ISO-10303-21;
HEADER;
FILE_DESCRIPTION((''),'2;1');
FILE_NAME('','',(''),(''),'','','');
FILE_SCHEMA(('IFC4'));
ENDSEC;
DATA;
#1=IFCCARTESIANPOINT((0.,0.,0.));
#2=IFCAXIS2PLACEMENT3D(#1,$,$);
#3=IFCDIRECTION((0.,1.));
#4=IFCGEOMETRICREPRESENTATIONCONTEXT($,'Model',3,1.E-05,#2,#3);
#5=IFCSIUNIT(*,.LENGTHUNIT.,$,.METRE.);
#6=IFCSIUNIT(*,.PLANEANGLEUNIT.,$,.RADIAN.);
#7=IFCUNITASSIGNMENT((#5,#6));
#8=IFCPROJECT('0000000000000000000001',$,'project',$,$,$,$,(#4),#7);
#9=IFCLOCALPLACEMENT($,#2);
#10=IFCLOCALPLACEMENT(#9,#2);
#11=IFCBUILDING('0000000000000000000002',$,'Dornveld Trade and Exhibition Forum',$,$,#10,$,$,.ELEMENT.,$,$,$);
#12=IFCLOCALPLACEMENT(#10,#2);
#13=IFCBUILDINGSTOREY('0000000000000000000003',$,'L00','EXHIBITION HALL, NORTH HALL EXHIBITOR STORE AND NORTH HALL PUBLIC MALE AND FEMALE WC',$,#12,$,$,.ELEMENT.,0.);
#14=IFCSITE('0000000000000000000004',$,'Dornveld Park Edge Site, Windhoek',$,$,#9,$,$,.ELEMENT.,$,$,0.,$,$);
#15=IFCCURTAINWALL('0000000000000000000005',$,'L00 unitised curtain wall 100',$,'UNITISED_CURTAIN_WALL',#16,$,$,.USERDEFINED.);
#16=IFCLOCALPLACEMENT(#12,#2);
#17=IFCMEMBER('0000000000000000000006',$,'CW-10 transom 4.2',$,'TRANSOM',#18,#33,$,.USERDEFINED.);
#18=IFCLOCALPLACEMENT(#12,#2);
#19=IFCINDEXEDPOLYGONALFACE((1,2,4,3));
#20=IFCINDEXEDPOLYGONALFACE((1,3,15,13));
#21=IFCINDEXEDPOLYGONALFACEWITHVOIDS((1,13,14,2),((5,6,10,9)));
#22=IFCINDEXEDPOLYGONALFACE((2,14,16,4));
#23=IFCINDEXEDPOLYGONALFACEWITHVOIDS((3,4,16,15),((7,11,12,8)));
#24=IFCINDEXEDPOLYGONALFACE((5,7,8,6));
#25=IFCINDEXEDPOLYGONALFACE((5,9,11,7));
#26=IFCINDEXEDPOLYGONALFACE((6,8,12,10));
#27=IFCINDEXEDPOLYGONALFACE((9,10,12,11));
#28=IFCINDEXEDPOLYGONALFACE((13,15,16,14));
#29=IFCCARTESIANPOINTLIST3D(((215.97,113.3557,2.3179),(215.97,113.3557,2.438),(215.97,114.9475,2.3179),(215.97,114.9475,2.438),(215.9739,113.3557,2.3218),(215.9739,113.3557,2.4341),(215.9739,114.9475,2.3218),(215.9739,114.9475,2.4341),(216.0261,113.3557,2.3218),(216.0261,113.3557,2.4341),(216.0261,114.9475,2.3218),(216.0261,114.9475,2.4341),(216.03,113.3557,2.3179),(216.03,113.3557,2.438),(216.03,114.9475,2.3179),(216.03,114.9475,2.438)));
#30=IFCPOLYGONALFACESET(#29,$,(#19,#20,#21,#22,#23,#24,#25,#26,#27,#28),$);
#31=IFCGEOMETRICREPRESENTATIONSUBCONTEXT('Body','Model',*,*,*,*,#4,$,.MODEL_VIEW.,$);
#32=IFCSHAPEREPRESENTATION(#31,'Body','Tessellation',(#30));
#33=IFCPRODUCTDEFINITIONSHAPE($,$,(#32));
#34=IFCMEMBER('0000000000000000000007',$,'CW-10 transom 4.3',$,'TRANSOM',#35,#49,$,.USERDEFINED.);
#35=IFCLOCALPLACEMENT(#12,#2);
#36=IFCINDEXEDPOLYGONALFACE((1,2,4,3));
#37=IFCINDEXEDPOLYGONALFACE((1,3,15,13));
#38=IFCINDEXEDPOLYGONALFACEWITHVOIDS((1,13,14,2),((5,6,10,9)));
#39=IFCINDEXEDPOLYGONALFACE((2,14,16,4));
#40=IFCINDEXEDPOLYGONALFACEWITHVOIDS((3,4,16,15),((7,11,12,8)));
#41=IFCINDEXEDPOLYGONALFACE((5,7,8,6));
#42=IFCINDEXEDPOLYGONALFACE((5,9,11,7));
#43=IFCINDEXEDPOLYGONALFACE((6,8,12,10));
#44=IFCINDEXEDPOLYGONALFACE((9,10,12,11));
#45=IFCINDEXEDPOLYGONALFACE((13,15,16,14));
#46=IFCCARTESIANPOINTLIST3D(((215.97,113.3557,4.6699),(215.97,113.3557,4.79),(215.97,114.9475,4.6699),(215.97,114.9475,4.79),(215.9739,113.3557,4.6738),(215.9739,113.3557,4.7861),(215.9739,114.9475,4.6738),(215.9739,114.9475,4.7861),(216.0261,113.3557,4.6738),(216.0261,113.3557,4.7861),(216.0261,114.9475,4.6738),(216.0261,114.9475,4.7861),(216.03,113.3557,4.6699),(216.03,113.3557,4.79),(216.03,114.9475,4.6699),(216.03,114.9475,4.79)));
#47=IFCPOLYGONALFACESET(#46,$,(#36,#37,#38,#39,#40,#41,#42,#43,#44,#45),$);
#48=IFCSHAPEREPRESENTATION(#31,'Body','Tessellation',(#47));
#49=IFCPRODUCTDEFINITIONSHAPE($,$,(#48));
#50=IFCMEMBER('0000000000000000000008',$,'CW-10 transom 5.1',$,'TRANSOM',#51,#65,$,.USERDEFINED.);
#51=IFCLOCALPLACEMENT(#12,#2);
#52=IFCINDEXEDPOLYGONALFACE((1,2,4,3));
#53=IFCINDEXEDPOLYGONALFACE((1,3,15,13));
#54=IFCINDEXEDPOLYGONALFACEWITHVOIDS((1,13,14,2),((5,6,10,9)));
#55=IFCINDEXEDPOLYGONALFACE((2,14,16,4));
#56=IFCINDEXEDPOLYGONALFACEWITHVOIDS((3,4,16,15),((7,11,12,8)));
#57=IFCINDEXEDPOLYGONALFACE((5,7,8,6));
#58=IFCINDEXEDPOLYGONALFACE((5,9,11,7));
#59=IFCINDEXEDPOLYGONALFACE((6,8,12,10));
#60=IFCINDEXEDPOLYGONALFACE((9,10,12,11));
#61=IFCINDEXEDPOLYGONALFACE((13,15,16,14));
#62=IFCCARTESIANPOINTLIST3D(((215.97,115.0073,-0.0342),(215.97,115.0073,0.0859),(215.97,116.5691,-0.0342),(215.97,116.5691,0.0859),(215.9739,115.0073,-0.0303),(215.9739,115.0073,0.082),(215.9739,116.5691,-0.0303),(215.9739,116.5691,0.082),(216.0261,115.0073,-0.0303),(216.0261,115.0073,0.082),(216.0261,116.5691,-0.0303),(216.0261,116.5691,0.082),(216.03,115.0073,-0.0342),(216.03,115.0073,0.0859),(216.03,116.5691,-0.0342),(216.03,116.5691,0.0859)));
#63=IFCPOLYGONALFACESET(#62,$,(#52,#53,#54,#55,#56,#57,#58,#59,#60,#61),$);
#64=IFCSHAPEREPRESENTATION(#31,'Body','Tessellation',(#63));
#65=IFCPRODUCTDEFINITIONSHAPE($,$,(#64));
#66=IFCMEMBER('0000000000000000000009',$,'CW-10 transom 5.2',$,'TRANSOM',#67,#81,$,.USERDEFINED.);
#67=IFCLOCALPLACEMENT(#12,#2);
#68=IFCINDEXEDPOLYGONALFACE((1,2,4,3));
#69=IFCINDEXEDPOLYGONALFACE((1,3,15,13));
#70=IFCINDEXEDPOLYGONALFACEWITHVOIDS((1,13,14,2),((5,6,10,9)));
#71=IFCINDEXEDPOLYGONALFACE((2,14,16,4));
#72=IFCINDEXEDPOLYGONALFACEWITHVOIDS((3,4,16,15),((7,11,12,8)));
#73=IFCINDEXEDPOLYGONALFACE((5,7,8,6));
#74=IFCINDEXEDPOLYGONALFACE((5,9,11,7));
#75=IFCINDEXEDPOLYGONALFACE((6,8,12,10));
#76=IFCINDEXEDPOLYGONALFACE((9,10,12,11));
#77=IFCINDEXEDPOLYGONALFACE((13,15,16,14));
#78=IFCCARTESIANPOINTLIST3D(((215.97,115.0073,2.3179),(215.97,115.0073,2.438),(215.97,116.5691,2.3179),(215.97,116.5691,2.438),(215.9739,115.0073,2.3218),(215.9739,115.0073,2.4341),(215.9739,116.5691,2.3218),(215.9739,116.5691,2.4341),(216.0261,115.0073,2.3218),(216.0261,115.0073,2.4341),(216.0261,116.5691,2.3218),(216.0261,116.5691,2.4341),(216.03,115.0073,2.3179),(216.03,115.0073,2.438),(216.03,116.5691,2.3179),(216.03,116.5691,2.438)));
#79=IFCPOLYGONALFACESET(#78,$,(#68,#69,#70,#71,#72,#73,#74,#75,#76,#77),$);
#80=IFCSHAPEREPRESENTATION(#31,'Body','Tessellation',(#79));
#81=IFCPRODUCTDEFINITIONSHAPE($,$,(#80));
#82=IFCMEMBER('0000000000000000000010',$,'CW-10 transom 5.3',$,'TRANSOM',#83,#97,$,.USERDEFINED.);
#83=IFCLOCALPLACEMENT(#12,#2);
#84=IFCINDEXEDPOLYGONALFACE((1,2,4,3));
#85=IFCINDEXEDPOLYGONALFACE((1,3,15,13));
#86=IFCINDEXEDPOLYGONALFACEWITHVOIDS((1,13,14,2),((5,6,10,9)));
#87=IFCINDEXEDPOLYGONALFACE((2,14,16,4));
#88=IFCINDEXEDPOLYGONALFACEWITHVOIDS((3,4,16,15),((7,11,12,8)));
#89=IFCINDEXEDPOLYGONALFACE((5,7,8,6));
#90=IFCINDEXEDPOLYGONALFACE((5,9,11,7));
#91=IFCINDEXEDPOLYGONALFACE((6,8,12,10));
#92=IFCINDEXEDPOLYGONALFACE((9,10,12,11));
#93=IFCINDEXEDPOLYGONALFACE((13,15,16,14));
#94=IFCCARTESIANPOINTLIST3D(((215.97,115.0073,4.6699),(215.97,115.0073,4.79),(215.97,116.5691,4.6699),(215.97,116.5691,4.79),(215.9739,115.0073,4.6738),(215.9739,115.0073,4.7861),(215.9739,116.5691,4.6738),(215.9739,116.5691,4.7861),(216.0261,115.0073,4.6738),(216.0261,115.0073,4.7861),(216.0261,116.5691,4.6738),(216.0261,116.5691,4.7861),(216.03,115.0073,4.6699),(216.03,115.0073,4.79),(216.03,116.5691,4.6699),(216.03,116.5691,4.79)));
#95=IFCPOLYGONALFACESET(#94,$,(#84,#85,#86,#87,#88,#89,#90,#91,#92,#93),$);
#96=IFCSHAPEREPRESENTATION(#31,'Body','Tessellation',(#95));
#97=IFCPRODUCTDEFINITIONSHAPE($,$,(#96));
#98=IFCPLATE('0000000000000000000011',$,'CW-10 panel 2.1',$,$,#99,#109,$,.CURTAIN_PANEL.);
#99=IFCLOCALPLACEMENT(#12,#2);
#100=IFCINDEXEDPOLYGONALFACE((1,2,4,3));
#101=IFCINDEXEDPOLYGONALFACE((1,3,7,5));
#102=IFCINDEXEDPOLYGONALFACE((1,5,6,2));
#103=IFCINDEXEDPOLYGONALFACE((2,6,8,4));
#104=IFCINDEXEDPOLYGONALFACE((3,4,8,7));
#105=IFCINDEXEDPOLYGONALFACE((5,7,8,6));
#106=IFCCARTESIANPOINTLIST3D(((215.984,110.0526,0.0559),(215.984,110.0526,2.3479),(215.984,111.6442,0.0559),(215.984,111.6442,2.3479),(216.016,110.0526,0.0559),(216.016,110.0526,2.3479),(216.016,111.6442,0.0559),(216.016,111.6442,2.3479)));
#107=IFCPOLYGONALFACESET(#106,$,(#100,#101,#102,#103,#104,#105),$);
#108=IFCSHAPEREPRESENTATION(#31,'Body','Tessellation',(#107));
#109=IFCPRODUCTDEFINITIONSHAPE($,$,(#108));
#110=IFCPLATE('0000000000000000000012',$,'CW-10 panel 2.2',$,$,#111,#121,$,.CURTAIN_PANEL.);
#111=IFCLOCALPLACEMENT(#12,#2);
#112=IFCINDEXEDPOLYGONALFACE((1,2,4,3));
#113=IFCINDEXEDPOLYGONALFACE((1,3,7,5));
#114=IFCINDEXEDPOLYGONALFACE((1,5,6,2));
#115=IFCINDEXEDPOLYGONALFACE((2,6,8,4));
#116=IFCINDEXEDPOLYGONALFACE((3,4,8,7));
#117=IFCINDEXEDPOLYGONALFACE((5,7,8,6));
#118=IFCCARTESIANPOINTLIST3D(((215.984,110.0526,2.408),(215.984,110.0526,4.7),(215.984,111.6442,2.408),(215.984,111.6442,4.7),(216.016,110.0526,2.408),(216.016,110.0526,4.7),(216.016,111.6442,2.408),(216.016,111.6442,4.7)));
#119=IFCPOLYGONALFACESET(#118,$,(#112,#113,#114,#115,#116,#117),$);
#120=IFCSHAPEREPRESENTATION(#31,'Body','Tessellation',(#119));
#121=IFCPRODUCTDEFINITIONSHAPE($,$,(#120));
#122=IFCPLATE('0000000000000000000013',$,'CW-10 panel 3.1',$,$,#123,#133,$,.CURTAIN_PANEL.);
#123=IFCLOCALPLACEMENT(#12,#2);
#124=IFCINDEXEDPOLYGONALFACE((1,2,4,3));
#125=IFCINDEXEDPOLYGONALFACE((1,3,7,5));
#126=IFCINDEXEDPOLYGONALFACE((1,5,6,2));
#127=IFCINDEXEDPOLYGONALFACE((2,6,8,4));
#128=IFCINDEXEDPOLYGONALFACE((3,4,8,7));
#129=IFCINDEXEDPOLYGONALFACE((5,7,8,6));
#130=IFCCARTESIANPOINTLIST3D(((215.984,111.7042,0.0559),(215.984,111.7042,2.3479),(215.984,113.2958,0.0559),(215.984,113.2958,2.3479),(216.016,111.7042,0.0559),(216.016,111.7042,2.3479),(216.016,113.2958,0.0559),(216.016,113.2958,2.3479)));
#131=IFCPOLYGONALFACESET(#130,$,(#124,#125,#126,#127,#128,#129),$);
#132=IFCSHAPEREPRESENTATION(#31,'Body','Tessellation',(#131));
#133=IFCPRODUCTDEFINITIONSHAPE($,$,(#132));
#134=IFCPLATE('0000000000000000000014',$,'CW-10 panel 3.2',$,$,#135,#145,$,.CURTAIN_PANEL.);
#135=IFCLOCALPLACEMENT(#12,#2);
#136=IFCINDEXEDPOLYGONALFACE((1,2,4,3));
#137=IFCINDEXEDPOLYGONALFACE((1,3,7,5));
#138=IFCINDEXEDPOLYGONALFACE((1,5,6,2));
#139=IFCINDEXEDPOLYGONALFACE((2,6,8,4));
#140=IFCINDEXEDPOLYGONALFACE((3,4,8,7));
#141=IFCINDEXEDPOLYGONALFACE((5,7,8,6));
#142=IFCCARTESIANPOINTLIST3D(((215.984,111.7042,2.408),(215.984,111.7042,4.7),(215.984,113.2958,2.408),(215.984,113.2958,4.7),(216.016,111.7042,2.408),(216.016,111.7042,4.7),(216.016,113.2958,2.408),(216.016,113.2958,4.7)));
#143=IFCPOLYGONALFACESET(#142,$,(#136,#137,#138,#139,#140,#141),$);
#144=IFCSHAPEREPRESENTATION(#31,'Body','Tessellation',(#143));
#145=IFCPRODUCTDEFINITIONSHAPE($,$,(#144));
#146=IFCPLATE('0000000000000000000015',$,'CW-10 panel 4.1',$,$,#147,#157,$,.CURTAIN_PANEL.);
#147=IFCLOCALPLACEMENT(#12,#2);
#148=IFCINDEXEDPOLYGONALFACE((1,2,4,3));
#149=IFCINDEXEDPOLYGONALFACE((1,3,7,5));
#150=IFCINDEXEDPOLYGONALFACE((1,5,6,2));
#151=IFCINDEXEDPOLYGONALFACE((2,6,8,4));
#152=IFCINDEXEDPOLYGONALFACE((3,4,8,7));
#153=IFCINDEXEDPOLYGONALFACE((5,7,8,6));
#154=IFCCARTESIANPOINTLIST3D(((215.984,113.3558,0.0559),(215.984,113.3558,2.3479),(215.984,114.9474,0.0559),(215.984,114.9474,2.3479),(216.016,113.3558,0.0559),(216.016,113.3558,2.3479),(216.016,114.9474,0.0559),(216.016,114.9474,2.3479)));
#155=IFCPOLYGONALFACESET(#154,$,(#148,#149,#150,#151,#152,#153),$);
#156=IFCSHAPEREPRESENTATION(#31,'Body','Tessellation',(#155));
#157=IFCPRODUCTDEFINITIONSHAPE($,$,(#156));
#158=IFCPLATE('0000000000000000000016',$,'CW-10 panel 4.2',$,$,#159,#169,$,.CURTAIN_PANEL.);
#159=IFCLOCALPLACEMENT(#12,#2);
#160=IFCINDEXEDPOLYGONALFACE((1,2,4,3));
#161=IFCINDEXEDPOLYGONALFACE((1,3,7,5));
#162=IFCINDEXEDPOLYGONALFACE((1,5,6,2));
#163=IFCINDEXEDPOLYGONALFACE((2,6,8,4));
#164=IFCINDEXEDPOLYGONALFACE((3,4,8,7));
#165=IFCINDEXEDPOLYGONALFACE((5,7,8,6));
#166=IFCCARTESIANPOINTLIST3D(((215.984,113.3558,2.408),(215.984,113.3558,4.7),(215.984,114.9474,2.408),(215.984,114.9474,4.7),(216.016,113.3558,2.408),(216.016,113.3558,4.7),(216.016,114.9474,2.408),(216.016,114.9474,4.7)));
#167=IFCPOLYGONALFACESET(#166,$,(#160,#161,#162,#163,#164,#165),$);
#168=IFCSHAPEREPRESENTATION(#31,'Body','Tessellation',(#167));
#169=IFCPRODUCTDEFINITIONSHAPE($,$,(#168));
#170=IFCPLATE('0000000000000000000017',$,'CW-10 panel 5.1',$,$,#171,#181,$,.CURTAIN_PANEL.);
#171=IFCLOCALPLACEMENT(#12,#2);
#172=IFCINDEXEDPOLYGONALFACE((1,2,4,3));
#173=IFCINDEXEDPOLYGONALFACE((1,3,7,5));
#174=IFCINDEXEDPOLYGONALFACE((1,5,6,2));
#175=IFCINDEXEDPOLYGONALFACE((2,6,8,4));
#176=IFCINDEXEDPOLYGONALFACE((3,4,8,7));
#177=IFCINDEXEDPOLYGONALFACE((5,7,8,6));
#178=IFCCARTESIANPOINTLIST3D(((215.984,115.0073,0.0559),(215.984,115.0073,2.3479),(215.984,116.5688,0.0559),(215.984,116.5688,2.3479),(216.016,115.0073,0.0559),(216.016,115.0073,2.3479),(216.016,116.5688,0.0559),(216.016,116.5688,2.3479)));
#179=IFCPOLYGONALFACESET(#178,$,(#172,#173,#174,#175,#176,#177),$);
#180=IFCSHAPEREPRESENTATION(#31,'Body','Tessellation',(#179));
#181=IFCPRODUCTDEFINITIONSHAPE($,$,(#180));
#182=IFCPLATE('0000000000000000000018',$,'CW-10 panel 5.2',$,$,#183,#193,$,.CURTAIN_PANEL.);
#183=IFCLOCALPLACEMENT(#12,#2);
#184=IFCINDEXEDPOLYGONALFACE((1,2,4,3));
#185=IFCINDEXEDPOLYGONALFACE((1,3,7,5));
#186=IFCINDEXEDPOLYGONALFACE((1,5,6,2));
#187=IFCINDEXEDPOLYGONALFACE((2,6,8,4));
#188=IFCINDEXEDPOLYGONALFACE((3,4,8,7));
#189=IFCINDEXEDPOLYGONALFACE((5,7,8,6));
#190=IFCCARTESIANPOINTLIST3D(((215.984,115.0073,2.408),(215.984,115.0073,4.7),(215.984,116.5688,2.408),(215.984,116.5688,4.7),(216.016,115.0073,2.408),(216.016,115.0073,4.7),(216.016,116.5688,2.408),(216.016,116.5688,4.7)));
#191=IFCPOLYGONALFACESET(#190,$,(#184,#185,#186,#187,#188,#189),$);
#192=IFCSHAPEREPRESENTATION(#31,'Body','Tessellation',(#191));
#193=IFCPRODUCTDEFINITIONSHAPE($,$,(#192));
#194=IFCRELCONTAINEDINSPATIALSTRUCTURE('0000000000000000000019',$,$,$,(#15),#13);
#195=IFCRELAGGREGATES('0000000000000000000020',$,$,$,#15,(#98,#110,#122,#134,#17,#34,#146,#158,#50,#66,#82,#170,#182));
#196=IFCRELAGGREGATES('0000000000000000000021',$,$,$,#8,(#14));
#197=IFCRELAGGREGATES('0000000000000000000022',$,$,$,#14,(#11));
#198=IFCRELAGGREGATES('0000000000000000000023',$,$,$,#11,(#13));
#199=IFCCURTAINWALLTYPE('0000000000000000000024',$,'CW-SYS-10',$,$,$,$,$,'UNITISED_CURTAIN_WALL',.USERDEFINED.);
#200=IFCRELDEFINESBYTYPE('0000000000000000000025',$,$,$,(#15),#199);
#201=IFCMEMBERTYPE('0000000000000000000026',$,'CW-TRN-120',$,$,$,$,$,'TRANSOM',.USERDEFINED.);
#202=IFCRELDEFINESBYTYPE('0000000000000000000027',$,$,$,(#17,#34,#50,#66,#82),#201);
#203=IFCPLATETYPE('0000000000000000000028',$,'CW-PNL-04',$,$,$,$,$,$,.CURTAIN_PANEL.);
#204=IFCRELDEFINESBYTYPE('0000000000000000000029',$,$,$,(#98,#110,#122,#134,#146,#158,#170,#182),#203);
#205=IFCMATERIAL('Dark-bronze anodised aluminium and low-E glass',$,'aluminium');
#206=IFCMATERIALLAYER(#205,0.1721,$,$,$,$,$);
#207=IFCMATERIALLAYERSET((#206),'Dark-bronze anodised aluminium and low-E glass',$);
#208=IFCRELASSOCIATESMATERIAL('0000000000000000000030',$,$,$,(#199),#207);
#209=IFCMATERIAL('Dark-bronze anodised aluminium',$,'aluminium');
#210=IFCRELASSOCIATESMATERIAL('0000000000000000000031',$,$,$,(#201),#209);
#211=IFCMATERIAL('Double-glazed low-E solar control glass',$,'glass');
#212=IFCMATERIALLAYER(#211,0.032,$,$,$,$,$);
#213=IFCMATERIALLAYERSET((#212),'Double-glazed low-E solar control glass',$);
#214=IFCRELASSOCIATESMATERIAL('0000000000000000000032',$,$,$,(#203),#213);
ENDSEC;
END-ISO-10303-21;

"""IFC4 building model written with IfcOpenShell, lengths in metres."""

from ifc_helpers import new_model, si_unit, direction, frame, origin, origin_2d, place, context, subcontext, project, spatial, rectangle, hollow_rectangle, extrude, material, layer, layer_set, material_profile, profile_set, type_object, element, aggregate, save


model = new_model("IFC4")

# Units and contexts
model_context = context("Model", 3, precision=1e-05, world=origin(), true_north=direction((0.0, 1.0)))
body_context = subcontext(model_context, "Body", "Model", "MODEL_VIEW")
ifc_project = project(units=[si_unit("LENGTHUNIT", "METRE"), si_unit("PLANEANGLEUNIT", "RADIAN")], contexts=[model_context])

# Site, building, storey
site_placement = place(None, origin())
site = spatial("IfcSite", under=ifc_project, at=site_placement, Name="Dornveld Park Edge Site, Windhoek", CompositionType="ELEMENT", RefElevation=0.0)
building_placement = place(site_placement, origin())
building = spatial("IfcBuilding", under=site, at=building_placement, Name="Dornveld Trade and Exhibition Forum", CompositionType="ELEMENT")
storey_placement = place(building_placement, origin())
storey = spatial("IfcBuildingStorey", under=building, at=storey_placement, Name="L00", Description="EXHIBITION HALL, NORTH HALL EXHIBITOR STORE AND NORTH HALL PUBLIC MALE AND FEMALE WC", CompositionType="ELEMENT", Elevation=0.0)

# Curtain wall, members, plates
ifc_material_1 = material(Name="Dark-bronze anodised aluminium and low-E glass", Category="aluminium")
ifc_layer_1 = layer(ifc_material_1, 0.1721)
ifc_layer_set_1 = layer_set([ifc_layer_1], Name="Dark-bronze anodised aluminium and low-E glass")
curtain_wall_type = type_object("IfcCurtainWallType", Name="CW-SYS-10", ElementType="UNITISED_CURTAIN_WALL", PredefinedType="USERDEFINED", material=ifc_layer_set_1)
curtain_wall_placement = place(storey_placement, origin())
curtain_wall = element("IfcCurtainWall", 1, at=curtain_wall_placement, inside=storey, type_object=curtain_wall_type, Name="L00 unitised curtain wall 100", ObjectType="UNITISED_CURTAIN_WALL", PredefinedType="USERDEFINED")
ifc_material_2 = material(Name="Dark-bronze anodised aluminium", Category="aluminium")
ifc_material_profile_1 = material_profile(ifc_material_2, hollow_rectangle(XDim=0.0601, YDim=0.1201, WallThickness=0.0039, at=origin_2d()), Name="RHS 120x60x4")
ifc_profile_set_1 = profile_set([ifc_material_profile_1], Name="Dark-bronze anodised aluminium")
member_type_1 = type_object("IfcMemberType", Name="CW-TRN-120", ElementType="TRANSOM", PredefinedType="USERDEFINED", material=ifc_profile_set_1)
member_1_placement = place(storey_placement, frame((216.0, 113.3557, 2.3779), z_axis=(0.0, 1.0, 0.0), x_axis=(-1.0, 0.0, 0.0)))
member_1 = element("IfcMember", 2, at=member_1_placement, type_object=member_type_1, Name="CW-10 transom 4.2", ObjectType="TRANSOM", PredefinedType="USERDEFINED", context=body_context, shape_type="SweptSolid", body=[
    extrude(hollow_rectangle(XDim=0.0601, YDim=0.1201, WallThickness=0.0039, at=origin_2d()), origin(), (0.0, 0.0, 1.0), 1.5918),
])
member_2_placement = place(storey_placement, frame((216.0, 113.3557, 4.73), z_axis=(0.0, 1.0, 0.0), x_axis=(-1.0, 0.0, 0.0)))
member_2 = element("IfcMember", 3, at=member_2_placement, type_object=member_type_1, Name="CW-10 transom 4.3", ObjectType="TRANSOM", PredefinedType="USERDEFINED", context=body_context, shape_type="SweptSolid", body=[
    extrude(hollow_rectangle(XDim=0.0601, YDim=0.1201, WallThickness=0.0039, at=origin_2d()), origin(), (0.0, 0.0, 1.0), 1.5918),
])
member_3_placement = place(storey_placement, frame((216.0, 115.0073, 0.0259), z_axis=(0.0, 1.0, 0.0), x_axis=(-1.0, 0.0, 0.0)))
member_3 = element("IfcMember", 4, at=member_3_placement, type_object=member_type_1, Name="CW-10 transom 5.1", ObjectType="TRANSOM", PredefinedType="USERDEFINED", context=body_context, shape_type="SweptSolid", body=[
    extrude(hollow_rectangle(XDim=0.0601, YDim=0.1201, WallThickness=0.0039, at=origin_2d()), origin(), (0.0, 0.0, 1.0), 1.5618),
])
member_4_placement = place(storey_placement, frame((216.0, 115.0073, 2.3779), z_axis=(0.0, 1.0, 0.0), x_axis=(-1.0, 0.0, 0.0)))
member_4 = element("IfcMember", 5, at=member_4_placement, type_object=member_type_1, Name="CW-10 transom 5.2", ObjectType="TRANSOM", PredefinedType="USERDEFINED", context=body_context, shape_type="SweptSolid", body=[
    extrude(hollow_rectangle(XDim=0.0601, YDim=0.1201, WallThickness=0.0039, at=origin_2d()), origin(), (0.0, 0.0, 1.0), 1.5618),
])
member_5_placement = place(storey_placement, frame((216.0, 115.0073, 4.73), z_axis=(0.0, 1.0, 0.0), x_axis=(-1.0, 0.0, 0.0)))
member_5 = element("IfcMember", 6, at=member_5_placement, type_object=member_type_1, Name="CW-10 transom 5.3", ObjectType="TRANSOM", PredefinedType="USERDEFINED", context=body_context, shape_type="SweptSolid", body=[
    extrude(hollow_rectangle(XDim=0.0601, YDim=0.1201, WallThickness=0.0039, at=origin_2d()), origin(), (0.0, 0.0, 1.0), 1.5618),
])
ifc_material_3 = material(Name="Double-glazed low-E solar control glass", Category="glass")
ifc_layer_2 = layer(ifc_material_3, 0.032)
ifc_layer_set_2 = layer_set([ifc_layer_2], Name="Double-glazed low-E solar control glass")
plate_type = type_object("IfcPlateType", Name="CW-PNL-04", PredefinedType="CURTAIN_PANEL", material=ifc_layer_set_2)
plate_1_placement = place(storey_placement, frame((216.0, 110.8484, 0.0559), z_axis=(0.0, 0.0, 1.0), x_axis=(0.0, 1.0, 0.0)))
plate_1 = element("IfcPlate", 7, at=plate_1_placement, type_object=plate_type, Name="CW-10 panel 2.1", PredefinedType="CURTAIN_PANEL", context=body_context, shape_type="SweptSolid", body=[
    extrude(rectangle(XDim=1.5916, YDim=0.032, at=origin_2d()), origin(), (0.0, 0.0, 1.0), 2.292),
])
plate_2_placement = place(storey_placement, frame((216.0, 110.8484, 2.408), z_axis=(0.0, 0.0, 1.0), x_axis=(0.0, 1.0, 0.0)))
plate_2 = element("IfcPlate", 8, at=plate_2_placement, type_object=plate_type, Name="CW-10 panel 2.2", PredefinedType="CURTAIN_PANEL", context=body_context, shape_type="SweptSolid", body=[
    extrude(rectangle(XDim=1.5916, YDim=0.032, at=origin_2d()), origin(), (0.0, 0.0, 1.0), 2.292),
])
plate_3_placement = place(storey_placement, frame((216.0, 112.5, 0.0559), z_axis=(0.0, 0.0, 1.0), x_axis=(0.0, 1.0, 0.0)))
plate_3 = element("IfcPlate", 9, at=plate_3_placement, type_object=plate_type, Name="CW-10 panel 3.1", PredefinedType="CURTAIN_PANEL", context=body_context, shape_type="SweptSolid", body=[
    extrude(rectangle(XDim=1.5916, YDim=0.032, at=origin_2d()), origin(), (0.0, 0.0, 1.0), 2.292),
])
plate_4_placement = place(storey_placement, frame((216.0, 112.5, 2.408), z_axis=(0.0, 0.0, 1.0), x_axis=(0.0, 1.0, 0.0)))
plate_4 = element("IfcPlate", 10, at=plate_4_placement, type_object=plate_type, Name="CW-10 panel 3.2", PredefinedType="CURTAIN_PANEL", context=body_context, shape_type="SweptSolid", body=[
    extrude(rectangle(XDim=1.5916, YDim=0.032, at=origin_2d()), origin(), (0.0, 0.0, 1.0), 2.292),
])
plate_5_placement = place(storey_placement, frame((216.0, 114.1516, 0.0559), z_axis=(0.0, 0.0, 1.0), x_axis=(0.0, 1.0, 0.0)))
plate_5 = element("IfcPlate", 11, at=plate_5_placement, type_object=plate_type, Name="CW-10 panel 4.1", PredefinedType="CURTAIN_PANEL", context=body_context, shape_type="SweptSolid", body=[
    extrude(rectangle(XDim=1.5916, YDim=0.032, at=origin_2d()), origin(), (0.0, 0.0, 1.0), 2.292),
])
plate_6_placement = place(storey_placement, frame((216.0, 114.1516, 2.408), z_axis=(0.0, 0.0, 1.0), x_axis=(0.0, 1.0, 0.0)))
plate_6 = element("IfcPlate", 12, at=plate_6_placement, type_object=plate_type, Name="CW-10 panel 4.2", PredefinedType="CURTAIN_PANEL", context=body_context, shape_type="SweptSolid", body=[
    extrude(rectangle(XDim=1.5916, YDim=0.032, at=origin_2d()), origin(), (0.0, 0.0, 1.0), 2.292),
])
plate_7_placement = place(storey_placement, frame((216.0, 115.7881, 0.0559), z_axis=(0.0, 0.0, 1.0), x_axis=(0.0, 1.0, 0.0)))
plate_7 = element("IfcPlate", 13, at=plate_7_placement, type_object=plate_type, Name="CW-10 panel 5.1", PredefinedType="CURTAIN_PANEL", context=body_context, shape_type="SweptSolid", body=[
    extrude(rectangle(XDim=1.5615, YDim=0.032, at=origin_2d()), origin(), (0.0, 0.0, 1.0), 2.292),
])
plate_8_placement = place(storey_placement, frame((216.0, 115.7881, 2.408), z_axis=(0.0, 0.0, 1.0), x_axis=(0.0, 1.0, 0.0)))
plate_8 = element("IfcPlate", 14, at=plate_8_placement, type_object=plate_type, Name="CW-10 panel 5.2", PredefinedType="CURTAIN_PANEL", context=body_context, shape_type="SweptSolid", body=[
    extrude(rectangle(XDim=1.5615, YDim=0.032, at=origin_2d()), origin(), (0.0, 0.0, 1.0), 2.292),
])
aggregate(curtain_wall, [plate_1, plate_2, plate_3, plate_4, member_1, member_2, plate_5, plate_6, member_3, member_4, member_5, plate_7, plate_8])

save(model, "model.ifc")
